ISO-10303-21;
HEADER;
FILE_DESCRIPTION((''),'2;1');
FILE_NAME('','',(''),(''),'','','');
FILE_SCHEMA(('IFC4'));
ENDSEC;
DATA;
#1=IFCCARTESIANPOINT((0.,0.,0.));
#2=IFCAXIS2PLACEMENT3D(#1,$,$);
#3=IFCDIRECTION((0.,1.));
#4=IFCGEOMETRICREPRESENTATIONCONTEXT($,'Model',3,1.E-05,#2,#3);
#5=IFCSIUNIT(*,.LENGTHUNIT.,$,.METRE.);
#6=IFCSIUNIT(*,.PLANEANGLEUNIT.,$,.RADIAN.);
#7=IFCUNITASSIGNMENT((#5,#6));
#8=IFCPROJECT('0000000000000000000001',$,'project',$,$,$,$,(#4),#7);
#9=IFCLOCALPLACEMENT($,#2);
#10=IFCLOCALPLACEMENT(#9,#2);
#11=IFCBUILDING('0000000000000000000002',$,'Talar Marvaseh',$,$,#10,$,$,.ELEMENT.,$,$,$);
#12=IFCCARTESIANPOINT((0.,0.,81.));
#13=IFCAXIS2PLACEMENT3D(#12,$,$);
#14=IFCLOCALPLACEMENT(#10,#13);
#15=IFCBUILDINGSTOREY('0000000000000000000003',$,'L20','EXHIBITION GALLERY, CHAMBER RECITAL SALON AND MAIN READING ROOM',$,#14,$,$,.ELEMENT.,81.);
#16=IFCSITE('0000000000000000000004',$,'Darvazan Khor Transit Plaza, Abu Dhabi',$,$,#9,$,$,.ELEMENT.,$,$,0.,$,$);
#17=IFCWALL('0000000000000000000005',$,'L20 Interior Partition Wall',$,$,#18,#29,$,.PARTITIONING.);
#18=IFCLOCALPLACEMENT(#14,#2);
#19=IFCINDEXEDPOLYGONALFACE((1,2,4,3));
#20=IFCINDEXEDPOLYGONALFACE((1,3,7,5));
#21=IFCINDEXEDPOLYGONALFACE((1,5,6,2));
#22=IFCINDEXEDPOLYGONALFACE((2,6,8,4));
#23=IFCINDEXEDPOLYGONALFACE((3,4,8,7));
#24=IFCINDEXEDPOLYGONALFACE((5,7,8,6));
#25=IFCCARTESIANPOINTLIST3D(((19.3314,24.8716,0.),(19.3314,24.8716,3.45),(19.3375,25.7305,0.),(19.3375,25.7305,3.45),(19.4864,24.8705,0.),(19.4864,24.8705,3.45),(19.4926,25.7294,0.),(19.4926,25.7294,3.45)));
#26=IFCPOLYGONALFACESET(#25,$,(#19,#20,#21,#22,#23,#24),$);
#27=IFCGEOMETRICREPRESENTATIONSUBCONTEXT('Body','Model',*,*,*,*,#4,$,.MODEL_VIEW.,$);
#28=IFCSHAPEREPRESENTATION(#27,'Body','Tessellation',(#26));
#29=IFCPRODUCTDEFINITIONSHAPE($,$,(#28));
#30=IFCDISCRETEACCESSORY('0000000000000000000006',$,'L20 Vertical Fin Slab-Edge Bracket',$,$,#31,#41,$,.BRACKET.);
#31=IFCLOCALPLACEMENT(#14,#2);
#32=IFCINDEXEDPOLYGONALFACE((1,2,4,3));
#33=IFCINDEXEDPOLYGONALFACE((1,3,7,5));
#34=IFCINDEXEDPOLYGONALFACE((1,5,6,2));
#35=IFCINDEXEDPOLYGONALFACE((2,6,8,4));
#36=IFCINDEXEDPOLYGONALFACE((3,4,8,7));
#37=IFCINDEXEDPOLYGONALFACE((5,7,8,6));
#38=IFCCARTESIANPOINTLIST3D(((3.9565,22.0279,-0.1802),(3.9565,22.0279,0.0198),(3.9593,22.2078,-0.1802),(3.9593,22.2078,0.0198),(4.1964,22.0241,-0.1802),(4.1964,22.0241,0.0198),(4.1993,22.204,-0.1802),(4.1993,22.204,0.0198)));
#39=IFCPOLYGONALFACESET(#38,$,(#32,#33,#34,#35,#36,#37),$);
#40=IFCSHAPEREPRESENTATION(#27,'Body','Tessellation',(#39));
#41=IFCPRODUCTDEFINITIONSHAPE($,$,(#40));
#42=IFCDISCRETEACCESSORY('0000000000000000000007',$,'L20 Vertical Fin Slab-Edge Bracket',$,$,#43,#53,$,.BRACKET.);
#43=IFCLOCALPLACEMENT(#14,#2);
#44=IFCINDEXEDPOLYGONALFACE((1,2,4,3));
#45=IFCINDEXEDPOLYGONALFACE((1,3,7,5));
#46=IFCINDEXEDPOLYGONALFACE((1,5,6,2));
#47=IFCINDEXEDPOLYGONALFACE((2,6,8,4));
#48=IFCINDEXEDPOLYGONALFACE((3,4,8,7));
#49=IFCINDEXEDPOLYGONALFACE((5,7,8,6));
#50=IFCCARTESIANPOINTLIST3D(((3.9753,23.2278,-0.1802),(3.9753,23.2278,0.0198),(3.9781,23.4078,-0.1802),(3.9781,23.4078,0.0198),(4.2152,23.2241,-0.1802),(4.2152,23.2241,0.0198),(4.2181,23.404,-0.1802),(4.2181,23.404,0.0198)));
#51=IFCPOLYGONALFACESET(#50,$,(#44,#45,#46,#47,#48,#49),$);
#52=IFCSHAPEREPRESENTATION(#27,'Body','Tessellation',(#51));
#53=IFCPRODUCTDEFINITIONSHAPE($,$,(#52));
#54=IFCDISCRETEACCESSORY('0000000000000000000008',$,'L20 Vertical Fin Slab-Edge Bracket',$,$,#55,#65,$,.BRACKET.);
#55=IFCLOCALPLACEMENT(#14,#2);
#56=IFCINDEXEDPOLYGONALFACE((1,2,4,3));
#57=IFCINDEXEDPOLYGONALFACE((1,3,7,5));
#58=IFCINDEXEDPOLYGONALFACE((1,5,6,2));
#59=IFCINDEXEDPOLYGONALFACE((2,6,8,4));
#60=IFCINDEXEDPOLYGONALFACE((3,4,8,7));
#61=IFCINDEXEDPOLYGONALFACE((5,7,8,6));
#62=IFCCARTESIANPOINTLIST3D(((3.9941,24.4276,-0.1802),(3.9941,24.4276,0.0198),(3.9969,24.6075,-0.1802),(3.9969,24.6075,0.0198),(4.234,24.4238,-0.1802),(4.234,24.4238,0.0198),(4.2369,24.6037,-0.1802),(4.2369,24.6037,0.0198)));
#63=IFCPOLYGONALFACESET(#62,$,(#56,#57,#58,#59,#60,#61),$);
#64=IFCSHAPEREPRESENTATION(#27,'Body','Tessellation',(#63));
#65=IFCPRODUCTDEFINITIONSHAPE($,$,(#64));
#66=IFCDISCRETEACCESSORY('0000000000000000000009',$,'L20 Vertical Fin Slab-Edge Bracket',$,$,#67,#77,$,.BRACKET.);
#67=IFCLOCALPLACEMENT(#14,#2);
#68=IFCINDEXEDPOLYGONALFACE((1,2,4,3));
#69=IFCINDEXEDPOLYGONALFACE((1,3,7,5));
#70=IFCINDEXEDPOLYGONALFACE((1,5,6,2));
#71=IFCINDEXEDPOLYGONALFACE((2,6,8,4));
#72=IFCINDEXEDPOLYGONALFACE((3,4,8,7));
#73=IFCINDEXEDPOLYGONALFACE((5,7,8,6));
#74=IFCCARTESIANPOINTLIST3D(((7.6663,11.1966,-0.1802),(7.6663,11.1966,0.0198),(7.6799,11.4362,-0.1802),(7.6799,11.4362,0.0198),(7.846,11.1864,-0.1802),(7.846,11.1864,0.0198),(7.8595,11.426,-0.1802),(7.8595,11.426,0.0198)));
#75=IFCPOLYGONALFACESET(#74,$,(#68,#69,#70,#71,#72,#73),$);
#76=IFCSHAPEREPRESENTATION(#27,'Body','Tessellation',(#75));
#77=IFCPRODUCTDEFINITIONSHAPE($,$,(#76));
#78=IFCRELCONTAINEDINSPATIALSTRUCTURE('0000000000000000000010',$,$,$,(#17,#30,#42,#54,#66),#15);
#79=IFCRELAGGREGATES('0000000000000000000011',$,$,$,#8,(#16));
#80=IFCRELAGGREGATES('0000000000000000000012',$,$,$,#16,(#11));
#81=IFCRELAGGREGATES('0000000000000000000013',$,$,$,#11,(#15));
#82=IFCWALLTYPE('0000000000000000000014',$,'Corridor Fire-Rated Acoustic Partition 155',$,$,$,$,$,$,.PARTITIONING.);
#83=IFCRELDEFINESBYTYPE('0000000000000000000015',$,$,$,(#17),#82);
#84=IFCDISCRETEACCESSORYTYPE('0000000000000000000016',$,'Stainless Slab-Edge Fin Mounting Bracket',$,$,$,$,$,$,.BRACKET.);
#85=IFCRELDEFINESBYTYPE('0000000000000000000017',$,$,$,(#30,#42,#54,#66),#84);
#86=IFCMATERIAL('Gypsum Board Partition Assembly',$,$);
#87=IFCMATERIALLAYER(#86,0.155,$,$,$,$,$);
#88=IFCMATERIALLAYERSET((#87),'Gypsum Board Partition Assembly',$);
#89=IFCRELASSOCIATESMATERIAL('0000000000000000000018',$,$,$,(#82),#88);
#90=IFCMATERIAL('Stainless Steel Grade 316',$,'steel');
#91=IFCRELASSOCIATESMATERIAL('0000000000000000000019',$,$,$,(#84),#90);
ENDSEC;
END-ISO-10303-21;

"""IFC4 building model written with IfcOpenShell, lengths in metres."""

from ifc_helpers import new_model, si_unit, direction, frame, frame_2d, origin, origin_2d, place, context, subcontext, project, spatial, rectangle, extrude, source, transform, mapped, material, layer, layer_set, type_object, type_shapes, element, save


model = new_model("IFC4")

# Units and contexts
model_context = context("Model", 3, precision=1e-05, world=origin(), true_north=direction((0.0, 1.0)))
body_context = subcontext(model_context, "Body", "Model", "MODEL_VIEW")
ifc_project = project(units=[si_unit("LENGTHUNIT", "METRE"), si_unit("PLANEANGLEUNIT", "RADIAN")], contexts=[model_context])

# Site, building, storey
site_placement = place(None, origin())
site = spatial("IfcSite", under=ifc_project, at=site_placement, Name="Darvazan Khor Transit Plaza, Abu Dhabi", CompositionType="ELEMENT", RefElevation=0.0)
building_placement = place(site_placement, origin())
building = spatial("IfcBuilding", under=site, at=building_placement, Name="Talar Marvaseh", CompositionType="ELEMENT")
storey_placement = place(building_placement, frame((0.0, 0.0, 81.0)))
storey = spatial("IfcBuildingStorey", under=building, at=storey_placement, Name="L20", Description="EXHIBITION GALLERY, CHAMBER RECITAL SALON AND MAIN READING ROOM", CompositionType="ELEMENT", Elevation=81.0)

# Shared definitions
ifc_material_1 = material(Name="Gypsum Board Partition Assembly")
ifc_layer_1 = layer(ifc_material_1, 0.155)
ifc_layer_set_1 = layer_set([ifc_layer_1], Name="Gypsum Board Partition Assembly")
wall_type_1 = type_object("IfcWallType", Name="Corridor Fire-Rated Acoustic Partition 155", PredefinedType="PARTITIONING", material=ifc_layer_set_1)

# Wall
wall_1_placement = place(storey_placement, frame((19.4089, 24.8711, 0.0), z_axis=(0.0, 0.0, 1.0), x_axis=(0.007106, 0.999975, 0.0)))
element("IfcWall", 1, at=wall_1_placement, inside=storey, type_object=wall_type_1, Name="L20 Interior Partition Wall", PredefinedType="PARTITIONING", context=body_context, shape_type="SweptSolid", body=[
    extrude(rectangle(XDim=0.8589, YDim=0.155, at=frame_2d((0.4294, 0.0))), origin(), (0.0, 0.0, 1.0), 3.45),
])

# Discrete accessories
ifc_material_2 = material(Name="Stainless Steel Grade 316", Category="steel")
discrete_accessory_type = type_object("IfcDiscreteAccessoryType", Name="Stainless Slab-Edge Fin Mounting Bracket", PredefinedType="BRACKET", material=ifc_material_2)
shared_shape_1 = source(origin(), body_context, "Body", "SweptSolid", [
    extrude(rectangle(XDim=0.24, YDim=0.1799, at=origin_2d()), origin(), (0.0, 0.0, 1.0), 0.2),
])
type_shapes(discrete_accessory_type, [shared_shape_1])
for number, where, z_axis, x_axis, name in (
    (2, (4.0779, 22.116, -0.1802), (0.0, 0.0, 1.0), (-0.999877, 0.015707, 0.0), "L20 Vertical Fin Slab-Edge Bracket"),
    (3, (4.0967, 23.3159, -0.1802), (0.0, 0.0, 1.0), (-0.999877, 0.015707, 0.0), "L20 Vertical Fin Slab-Edge Bracket"),
    (4, (4.1155, 24.5156, -0.1802), (0.0, 0.0, 1.0), (-0.999877, 0.015707, 0.0), "L20 Vertical Fin Slab-Edge Bracket"),
    (5, (7.7629, 11.3113, -0.1802), (0.0, 0.0, 1.0), (-0.056519, -0.998402, 0.0), "L20 Vertical Fin Slab-Edge Bracket"),
):
    element("IfcDiscreteAccessory", number, at=place(storey_placement, frame(where, z_axis=z_axis, x_axis=x_axis)), inside=storey, type_object=discrete_accessory_type, Name=name, PredefinedType="BRACKET", context=body_context, shape_type="MappedRepresentation", body=[
        mapped(shared_shape_1, transform((0.0, 0.0, 0.0), x_axis=(1.0, 0.0, 0.0), y_axis=(0.0, 1.0, 0.0), z_axis=(0.0, 0.0, 1.0), scale=1.0)),
    ])

save(model, "model.ifc")
